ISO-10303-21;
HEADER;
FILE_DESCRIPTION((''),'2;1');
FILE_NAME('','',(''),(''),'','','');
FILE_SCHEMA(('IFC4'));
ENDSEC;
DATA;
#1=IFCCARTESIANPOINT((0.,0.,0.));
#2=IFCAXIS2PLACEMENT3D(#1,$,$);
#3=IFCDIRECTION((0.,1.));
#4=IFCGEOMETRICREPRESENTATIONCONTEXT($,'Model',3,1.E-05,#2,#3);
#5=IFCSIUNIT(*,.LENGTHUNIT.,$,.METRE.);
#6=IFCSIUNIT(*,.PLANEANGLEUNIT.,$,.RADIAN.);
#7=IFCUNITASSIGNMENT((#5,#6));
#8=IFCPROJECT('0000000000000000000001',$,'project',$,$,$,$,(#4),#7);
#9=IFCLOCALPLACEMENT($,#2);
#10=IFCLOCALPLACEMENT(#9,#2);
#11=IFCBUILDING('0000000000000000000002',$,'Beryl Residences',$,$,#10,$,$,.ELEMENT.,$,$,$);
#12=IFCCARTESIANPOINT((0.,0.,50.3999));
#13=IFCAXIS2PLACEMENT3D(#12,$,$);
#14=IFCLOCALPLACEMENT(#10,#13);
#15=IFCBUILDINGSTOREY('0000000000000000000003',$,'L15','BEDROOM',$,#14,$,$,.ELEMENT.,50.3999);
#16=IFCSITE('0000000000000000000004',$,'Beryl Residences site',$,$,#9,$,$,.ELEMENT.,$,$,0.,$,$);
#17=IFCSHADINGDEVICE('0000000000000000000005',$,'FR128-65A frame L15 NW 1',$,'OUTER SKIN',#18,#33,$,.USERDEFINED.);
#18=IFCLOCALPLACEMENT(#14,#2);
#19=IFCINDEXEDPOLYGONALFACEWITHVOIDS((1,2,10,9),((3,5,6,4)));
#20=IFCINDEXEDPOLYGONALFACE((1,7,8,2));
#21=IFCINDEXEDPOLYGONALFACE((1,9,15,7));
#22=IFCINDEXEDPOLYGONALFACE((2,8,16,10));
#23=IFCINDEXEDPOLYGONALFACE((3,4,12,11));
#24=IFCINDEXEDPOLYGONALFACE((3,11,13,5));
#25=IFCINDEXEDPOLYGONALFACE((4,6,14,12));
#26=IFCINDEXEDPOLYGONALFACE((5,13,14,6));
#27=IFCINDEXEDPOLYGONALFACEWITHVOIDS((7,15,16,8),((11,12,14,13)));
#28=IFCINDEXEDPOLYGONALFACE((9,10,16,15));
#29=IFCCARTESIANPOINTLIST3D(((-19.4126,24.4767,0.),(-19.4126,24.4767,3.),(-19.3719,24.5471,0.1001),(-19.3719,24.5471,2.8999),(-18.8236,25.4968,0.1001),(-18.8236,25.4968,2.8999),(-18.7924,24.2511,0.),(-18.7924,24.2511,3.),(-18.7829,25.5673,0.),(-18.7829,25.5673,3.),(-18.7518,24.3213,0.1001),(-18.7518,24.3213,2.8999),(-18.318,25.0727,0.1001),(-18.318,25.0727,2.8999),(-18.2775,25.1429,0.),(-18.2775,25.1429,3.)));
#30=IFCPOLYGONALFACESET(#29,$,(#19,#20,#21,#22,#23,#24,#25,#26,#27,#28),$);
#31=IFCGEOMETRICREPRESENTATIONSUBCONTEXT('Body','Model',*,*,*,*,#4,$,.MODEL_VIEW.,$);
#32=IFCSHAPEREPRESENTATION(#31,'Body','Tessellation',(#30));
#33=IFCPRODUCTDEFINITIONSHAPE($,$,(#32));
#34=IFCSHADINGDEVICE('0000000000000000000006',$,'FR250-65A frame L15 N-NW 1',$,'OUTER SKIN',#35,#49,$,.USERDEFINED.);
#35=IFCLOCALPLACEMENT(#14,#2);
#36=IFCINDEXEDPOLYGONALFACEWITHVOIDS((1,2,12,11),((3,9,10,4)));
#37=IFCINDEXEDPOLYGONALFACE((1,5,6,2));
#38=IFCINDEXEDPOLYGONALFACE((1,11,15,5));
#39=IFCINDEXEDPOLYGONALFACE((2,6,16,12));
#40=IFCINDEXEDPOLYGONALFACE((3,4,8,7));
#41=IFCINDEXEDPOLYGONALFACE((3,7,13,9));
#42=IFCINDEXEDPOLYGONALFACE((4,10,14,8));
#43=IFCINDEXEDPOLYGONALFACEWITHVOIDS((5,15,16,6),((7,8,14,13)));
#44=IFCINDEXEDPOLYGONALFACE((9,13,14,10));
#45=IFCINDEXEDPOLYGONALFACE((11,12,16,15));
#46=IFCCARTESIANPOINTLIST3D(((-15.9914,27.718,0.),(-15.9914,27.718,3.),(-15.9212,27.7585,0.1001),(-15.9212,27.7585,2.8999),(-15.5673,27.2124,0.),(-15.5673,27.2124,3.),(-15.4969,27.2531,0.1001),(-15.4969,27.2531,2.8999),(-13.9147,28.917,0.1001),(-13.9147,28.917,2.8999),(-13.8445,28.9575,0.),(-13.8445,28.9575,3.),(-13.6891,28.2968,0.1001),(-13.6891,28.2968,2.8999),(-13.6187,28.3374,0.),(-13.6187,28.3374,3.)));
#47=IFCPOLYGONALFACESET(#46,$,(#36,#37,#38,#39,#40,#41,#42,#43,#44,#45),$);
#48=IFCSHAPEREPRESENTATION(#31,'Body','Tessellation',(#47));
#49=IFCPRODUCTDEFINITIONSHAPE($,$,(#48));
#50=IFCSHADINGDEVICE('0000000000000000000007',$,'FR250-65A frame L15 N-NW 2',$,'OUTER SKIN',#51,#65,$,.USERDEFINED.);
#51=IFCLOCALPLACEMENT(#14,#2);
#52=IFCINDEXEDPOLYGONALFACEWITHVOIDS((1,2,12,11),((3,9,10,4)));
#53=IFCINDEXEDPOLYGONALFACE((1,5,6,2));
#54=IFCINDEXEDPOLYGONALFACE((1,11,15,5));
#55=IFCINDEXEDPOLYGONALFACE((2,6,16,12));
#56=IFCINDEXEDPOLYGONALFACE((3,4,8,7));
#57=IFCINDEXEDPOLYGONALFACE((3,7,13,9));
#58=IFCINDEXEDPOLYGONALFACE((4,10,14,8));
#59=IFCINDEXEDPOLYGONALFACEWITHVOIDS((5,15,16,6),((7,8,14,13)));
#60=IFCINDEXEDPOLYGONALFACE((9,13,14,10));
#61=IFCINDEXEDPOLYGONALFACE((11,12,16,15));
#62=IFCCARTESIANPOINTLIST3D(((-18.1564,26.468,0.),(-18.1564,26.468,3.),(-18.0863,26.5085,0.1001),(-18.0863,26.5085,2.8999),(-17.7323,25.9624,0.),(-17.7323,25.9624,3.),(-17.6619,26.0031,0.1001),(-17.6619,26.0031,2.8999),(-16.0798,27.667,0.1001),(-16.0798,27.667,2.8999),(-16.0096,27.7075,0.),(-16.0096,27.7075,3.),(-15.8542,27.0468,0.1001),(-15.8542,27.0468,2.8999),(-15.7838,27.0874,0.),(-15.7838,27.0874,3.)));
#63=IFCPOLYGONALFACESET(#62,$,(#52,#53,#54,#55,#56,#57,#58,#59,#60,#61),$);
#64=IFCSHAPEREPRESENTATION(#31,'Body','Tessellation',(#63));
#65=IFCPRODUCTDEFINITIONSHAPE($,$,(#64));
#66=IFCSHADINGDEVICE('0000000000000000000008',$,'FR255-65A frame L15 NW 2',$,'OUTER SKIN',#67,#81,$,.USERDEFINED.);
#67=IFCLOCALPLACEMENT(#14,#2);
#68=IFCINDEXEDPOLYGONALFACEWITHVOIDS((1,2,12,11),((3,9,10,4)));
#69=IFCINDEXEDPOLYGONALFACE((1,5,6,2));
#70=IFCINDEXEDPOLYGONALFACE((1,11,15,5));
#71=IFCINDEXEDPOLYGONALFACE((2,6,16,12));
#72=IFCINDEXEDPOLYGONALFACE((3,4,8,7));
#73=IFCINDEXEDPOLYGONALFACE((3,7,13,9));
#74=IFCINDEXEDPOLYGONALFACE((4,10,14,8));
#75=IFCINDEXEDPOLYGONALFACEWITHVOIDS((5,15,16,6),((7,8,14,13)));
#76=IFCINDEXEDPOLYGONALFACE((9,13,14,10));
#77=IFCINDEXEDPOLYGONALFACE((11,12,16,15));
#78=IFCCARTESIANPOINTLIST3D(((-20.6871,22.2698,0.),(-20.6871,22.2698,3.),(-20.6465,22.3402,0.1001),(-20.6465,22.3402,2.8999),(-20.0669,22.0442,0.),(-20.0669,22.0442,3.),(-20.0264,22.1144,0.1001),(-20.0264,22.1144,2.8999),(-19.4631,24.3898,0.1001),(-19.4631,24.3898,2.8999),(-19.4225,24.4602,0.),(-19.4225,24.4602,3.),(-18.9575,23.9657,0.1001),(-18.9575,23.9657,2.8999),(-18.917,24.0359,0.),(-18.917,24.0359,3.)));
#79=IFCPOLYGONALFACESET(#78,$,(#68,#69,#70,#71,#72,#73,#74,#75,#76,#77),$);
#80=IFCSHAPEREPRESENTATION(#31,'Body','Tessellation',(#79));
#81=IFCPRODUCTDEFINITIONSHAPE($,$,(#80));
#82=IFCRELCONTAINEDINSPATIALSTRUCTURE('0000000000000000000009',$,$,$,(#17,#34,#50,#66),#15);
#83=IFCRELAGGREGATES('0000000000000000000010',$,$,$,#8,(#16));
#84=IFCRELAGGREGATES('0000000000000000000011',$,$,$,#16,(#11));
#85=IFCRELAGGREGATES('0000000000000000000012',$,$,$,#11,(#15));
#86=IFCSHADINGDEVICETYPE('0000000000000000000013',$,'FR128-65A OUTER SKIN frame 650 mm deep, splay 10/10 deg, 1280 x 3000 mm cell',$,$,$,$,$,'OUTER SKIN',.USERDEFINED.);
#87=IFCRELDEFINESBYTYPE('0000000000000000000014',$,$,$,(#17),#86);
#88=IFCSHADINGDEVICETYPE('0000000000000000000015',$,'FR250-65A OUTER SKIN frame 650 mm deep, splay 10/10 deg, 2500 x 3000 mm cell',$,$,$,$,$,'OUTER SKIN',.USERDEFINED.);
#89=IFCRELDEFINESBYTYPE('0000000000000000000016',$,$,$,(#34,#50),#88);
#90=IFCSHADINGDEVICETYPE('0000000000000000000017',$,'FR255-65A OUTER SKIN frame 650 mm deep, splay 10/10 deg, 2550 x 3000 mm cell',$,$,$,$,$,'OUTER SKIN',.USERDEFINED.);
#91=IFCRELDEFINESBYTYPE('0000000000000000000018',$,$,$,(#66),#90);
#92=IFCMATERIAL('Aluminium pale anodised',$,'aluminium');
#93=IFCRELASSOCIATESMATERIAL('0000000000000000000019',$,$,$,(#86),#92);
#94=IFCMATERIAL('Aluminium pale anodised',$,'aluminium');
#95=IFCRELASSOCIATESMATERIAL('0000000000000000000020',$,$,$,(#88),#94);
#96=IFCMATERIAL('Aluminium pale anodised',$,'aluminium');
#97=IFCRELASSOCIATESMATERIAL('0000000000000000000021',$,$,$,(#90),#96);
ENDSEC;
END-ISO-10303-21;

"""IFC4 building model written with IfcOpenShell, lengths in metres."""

from ifc_helpers import new_model, entity, si_unit, direction, frame, origin, place, context, subcontext, project, spatial, source, transform, mapped, material, type_object, type_shapes, element, save


model = new_model("IFC4")

# Units and contexts
model_context = context("Model", 3, precision=1e-05, world=origin(), true_north=direction((0.0, 1.0)))
body_context = subcontext(model_context, "Body", "Model", "MODEL_VIEW")
ifc_project = project(units=[si_unit("LENGTHUNIT", "METRE"), si_unit("PLANEANGLEUNIT", "RADIAN")], contexts=[model_context])

# Site, building, storey
site_placement = place(None, origin())
site = spatial("IfcSite", under=ifc_project, at=site_placement, Name="Beryl Residences site", CompositionType="ELEMENT", RefElevation=0.0)
building_placement = place(site_placement, origin())
building = spatial("IfcBuilding", under=site, at=building_placement, Name="Beryl Residences", CompositionType="ELEMENT")
storey_placement = place(building_placement, frame((0.0, 0.0, 50.3999)))
storey = spatial("IfcBuildingStorey", under=building, at=storey_placement, Name="L15", Description="BEDROOM", CompositionType="ELEMENT", Elevation=50.3999)

# Shading devices
ifc_material_1 = material(Name="Aluminium pale anodised", Category="aluminium")
shading_device_type_1 = type_object("IfcShadingDeviceType", Name="FR128-65A OUTER SKIN frame 650 mm deep, splay 10/10 deg, 1280 x 3000 mm cell", ElementType="OUTER SKIN", PredefinedType="USERDEFINED", material=ifc_material_1)
cartesian_point_1 = entity("IfcCartesianPoint", [-0.5149, 0.0])
cartesian_point_2 = entity("IfcCartesianPoint", [-0.4338, 0.1001])
cartesian_point_3 = entity("IfcCartesianPoint", [-0.6296, 0.0])
cartesian_point_4 = entity("IfcCartesianPoint", [-0.5483, 0.1001])
shared_shape_1 = source(origin(), body_context, "Body", "SweptSolid", [
    entity("IfcExtrudedAreaSolidTapered", entity("IfcArbitraryProfileDefWithVoids", "AREA", None, entity("IfcPolyline", [cartesian_point_1, entity("IfcCartesianPoint", [0.5149, 0.0]), entity("IfcCartesianPoint", [0.5149, 3.0]), entity("IfcCartesianPoint", [-0.5149, 3.0]), cartesian_point_1]), [entity("IfcPolyline", [cartesian_point_2, entity("IfcCartesianPoint", [0.4338, 0.1001]), entity("IfcCartesianPoint", [0.4338, 2.8999]), entity("IfcCartesianPoint", [-0.4338, 2.8999]), cartesian_point_2])]), entity("IfcAxis2Placement3D", entity("IfcCartesianPoint", [0.0, 0.0, 0.0]), entity("IfcDirection", [0.0, 1.0, 0.0]), entity("IfcDirection", [-1.0, 0.0, 0.0])), entity("IfcDirection", [0.0, 0.0, 1.0]), 0.6499, entity("IfcArbitraryProfileDefWithVoids", "AREA", None, entity("IfcPolyline", [cartesian_point_3, entity("IfcCartesianPoint", [0.6296, 0.0]), entity("IfcCartesianPoint", [0.6296, 3.0]), entity("IfcCartesianPoint", [-0.6296, 3.0]), cartesian_point_3]), [entity("IfcPolyline", [cartesian_point_4, entity("IfcCartesianPoint", [0.5483, 0.1001]), entity("IfcCartesianPoint", [0.5483, 2.8999]), entity("IfcCartesianPoint", [-0.5483, 2.8999]), cartesian_point_4])])),
])
type_shapes(shading_device_type_1, [shared_shape_1])
shading_device_1_placement = place(storey_placement, frame((-18.5349, 24.697, 0.0), z_axis=(0.0, 0.0, 1.0), x_axis=(0.5, 0.866025, 0.0)))
element("IfcShadingDevice", 1, at=shading_device_1_placement, inside=storey, type_object=shading_device_type_1, Name="FR128-65A frame L15 NW 1", ObjectType="OUTER SKIN", PredefinedType="USERDEFINED", context=body_context, shape_type="MappedRepresentation", body=[
    mapped(shared_shape_1, transform((0.0, 0.0, 0.0))),
])
ifc_material_2 = material(Name="Aluminium pale anodised", Category="aluminium")
shading_device_type_2 = type_object("IfcShadingDeviceType", Name="FR250-65A OUTER SKIN frame 650 mm deep, splay 10/10 deg, 2500 x 3000 mm cell", ElementType="OUTER SKIN", PredefinedType="USERDEFINED", material=ifc_material_2)
cartesian_point_5 = entity("IfcCartesianPoint", [-1.125, 0.0])
cartesian_point_6 = entity("IfcCartesianPoint", [-1.0437, 0.1001])
cartesian_point_7 = entity("IfcCartesianPoint", [-1.2395, 0.0])
cartesian_point_8 = entity("IfcCartesianPoint", [-1.1584, 0.1001])
shared_shape_2 = source(origin(), body_context, "Body", "SweptSolid", [
    entity("IfcExtrudedAreaSolidTapered", entity("IfcArbitraryProfileDefWithVoids", "AREA", None, entity("IfcPolyline", [cartesian_point_5, entity("IfcCartesianPoint", [1.125, 0.0]), entity("IfcCartesianPoint", [1.125, 3.0]), entity("IfcCartesianPoint", [-1.125, 3.0]), cartesian_point_5]), [entity("IfcPolyline", [cartesian_point_6, entity("IfcCartesianPoint", [1.0437, 0.1001]), entity("IfcCartesianPoint", [1.0437, 2.8999]), entity("IfcCartesianPoint", [-1.0437, 2.8999]), cartesian_point_6])]), entity("IfcAxis2Placement3D", entity("IfcCartesianPoint", [0.0, 0.0, 0.0]), entity("IfcDirection", [0.0, 1.0, 0.0]), entity("IfcDirection", [-1.0, 0.0, 0.0])), entity("IfcDirection", [0.0, 0.0, 1.0]), 0.6499, entity("IfcArbitraryProfileDefWithVoids", "AREA", None, entity("IfcPolyline", [cartesian_point_7, entity("IfcCartesianPoint", [1.2395, 0.0]), entity("IfcCartesianPoint", [1.2395, 3.0]), entity("IfcCartesianPoint", [-1.2395, 3.0]), cartesian_point_7]), [entity("IfcPolyline", [cartesian_point_8, entity("IfcCartesianPoint", [1.1584, 0.1001]), entity("IfcCartesianPoint", [1.1584, 2.8999]), entity("IfcCartesianPoint", [-1.1584, 2.8999]), cartesian_point_8])])),
])
type_shapes(shading_device_type_2, [shared_shape_2])
for number, where, z_axis, x_axis, name in (
    (2, (-14.593, 27.7749, 0.0), (0.0, 0.0, 1.0), (0.866025, 0.5, 0.0), "FR250-65A frame L15 N-NW 1"),
    (3, (-16.7581, 26.5249, 0.0), (0.0, 0.0, 1.0), (0.866025, 0.5, 0.0), "FR250-65A frame L15 N-NW 2"),
):
    element("IfcShadingDevice", number, at=place(storey_placement, frame(where, z_axis=z_axis, x_axis=x_axis)), inside=storey, type_object=shading_device_type_2, Name=name, ObjectType="OUTER SKIN", PredefinedType="USERDEFINED", context=body_context, shape_type="MappedRepresentation", body=[
        mapped(shared_shape_2, transform((0.0, 0.0, 0.0))),
    ])
ifc_material_3 = material(Name="Aluminium pale anodised", Category="aluminium")
shading_device_type_3 = type_object("IfcShadingDeviceType", Name="FR255-65A OUTER SKIN frame 650 mm deep, splay 10/10 deg, 2550 x 3000 mm cell", ElementType="OUTER SKIN", PredefinedType="USERDEFINED", material=ifc_material_3)
cartesian_point_9 = entity("IfcCartesianPoint", [-1.1499, 0.0])
cartesian_point_10 = entity("IfcCartesianPoint", [-1.0688, 0.1001])
cartesian_point_11 = entity("IfcCartesianPoint", [-1.2646, 0.0])
cartesian_point_12 = entity("IfcCartesianPoint", [-1.1833, 0.1001])
shared_shape_3 = source(origin(), body_context, "Body", "SweptSolid", [
    entity("IfcExtrudedAreaSolidTapered", entity("IfcArbitraryProfileDefWithVoids", "AREA", None, entity("IfcPolyline", [cartesian_point_9, entity("IfcCartesianPoint", [1.1499, 0.0]), entity("IfcCartesianPoint", [1.1499, 3.0]), entity("IfcCartesianPoint", [-1.1499, 3.0]), cartesian_point_9]), [entity("IfcPolyline", [cartesian_point_10, entity("IfcCartesianPoint", [1.0688, 0.1001]), entity("IfcCartesianPoint", [1.0688, 2.8999]), entity("IfcCartesianPoint", [-1.0688, 2.8999]), cartesian_point_10])]), entity("IfcAxis2Placement3D", entity("IfcCartesianPoint", [0.0, 0.0, 0.0]), entity("IfcDirection", [0.0, 1.0, 0.0]), entity("IfcDirection", [-1.0, 0.0, 0.0])), entity("IfcDirection", [0.0, 0.0, 1.0]), 0.6499, entity("IfcArbitraryProfileDefWithVoids", "AREA", None, entity("IfcPolyline", [cartesian_point_11, entity("IfcCartesianPoint", [1.2646, 0.0]), entity("IfcCartesianPoint", [1.2646, 3.0]), entity("IfcCartesianPoint", [-1.2646, 3.0]), cartesian_point_11]), [entity("IfcPolyline", [cartesian_point_12, entity("IfcCartesianPoint", [1.1833, 0.1001]), entity("IfcCartesianPoint", [1.1833, 2.8999]), entity("IfcCartesianPoint", [-1.1833, 2.8999]), cartesian_point_12])])),
])
type_shapes(shading_device_type_3, [shared_shape_3])
shading_device_2_placement = place(storey_placement, frame((-19.4919, 23.04, 0.0), z_axis=(0.0, 0.0, 1.0), x_axis=(0.5, 0.866025, 0.0)))
element("IfcShadingDevice", 4, at=shading_device_2_placement, inside=storey, type_object=shading_device_type_3, Name="FR255-65A frame L15 NW 2", ObjectType="OUTER SKIN", PredefinedType="USERDEFINED", context=body_context, shape_type="MappedRepresentation", body=[
    mapped(shared_shape_3, transform((0.0, 0.0, 0.0))),
])

save(model, "model.ifc")
